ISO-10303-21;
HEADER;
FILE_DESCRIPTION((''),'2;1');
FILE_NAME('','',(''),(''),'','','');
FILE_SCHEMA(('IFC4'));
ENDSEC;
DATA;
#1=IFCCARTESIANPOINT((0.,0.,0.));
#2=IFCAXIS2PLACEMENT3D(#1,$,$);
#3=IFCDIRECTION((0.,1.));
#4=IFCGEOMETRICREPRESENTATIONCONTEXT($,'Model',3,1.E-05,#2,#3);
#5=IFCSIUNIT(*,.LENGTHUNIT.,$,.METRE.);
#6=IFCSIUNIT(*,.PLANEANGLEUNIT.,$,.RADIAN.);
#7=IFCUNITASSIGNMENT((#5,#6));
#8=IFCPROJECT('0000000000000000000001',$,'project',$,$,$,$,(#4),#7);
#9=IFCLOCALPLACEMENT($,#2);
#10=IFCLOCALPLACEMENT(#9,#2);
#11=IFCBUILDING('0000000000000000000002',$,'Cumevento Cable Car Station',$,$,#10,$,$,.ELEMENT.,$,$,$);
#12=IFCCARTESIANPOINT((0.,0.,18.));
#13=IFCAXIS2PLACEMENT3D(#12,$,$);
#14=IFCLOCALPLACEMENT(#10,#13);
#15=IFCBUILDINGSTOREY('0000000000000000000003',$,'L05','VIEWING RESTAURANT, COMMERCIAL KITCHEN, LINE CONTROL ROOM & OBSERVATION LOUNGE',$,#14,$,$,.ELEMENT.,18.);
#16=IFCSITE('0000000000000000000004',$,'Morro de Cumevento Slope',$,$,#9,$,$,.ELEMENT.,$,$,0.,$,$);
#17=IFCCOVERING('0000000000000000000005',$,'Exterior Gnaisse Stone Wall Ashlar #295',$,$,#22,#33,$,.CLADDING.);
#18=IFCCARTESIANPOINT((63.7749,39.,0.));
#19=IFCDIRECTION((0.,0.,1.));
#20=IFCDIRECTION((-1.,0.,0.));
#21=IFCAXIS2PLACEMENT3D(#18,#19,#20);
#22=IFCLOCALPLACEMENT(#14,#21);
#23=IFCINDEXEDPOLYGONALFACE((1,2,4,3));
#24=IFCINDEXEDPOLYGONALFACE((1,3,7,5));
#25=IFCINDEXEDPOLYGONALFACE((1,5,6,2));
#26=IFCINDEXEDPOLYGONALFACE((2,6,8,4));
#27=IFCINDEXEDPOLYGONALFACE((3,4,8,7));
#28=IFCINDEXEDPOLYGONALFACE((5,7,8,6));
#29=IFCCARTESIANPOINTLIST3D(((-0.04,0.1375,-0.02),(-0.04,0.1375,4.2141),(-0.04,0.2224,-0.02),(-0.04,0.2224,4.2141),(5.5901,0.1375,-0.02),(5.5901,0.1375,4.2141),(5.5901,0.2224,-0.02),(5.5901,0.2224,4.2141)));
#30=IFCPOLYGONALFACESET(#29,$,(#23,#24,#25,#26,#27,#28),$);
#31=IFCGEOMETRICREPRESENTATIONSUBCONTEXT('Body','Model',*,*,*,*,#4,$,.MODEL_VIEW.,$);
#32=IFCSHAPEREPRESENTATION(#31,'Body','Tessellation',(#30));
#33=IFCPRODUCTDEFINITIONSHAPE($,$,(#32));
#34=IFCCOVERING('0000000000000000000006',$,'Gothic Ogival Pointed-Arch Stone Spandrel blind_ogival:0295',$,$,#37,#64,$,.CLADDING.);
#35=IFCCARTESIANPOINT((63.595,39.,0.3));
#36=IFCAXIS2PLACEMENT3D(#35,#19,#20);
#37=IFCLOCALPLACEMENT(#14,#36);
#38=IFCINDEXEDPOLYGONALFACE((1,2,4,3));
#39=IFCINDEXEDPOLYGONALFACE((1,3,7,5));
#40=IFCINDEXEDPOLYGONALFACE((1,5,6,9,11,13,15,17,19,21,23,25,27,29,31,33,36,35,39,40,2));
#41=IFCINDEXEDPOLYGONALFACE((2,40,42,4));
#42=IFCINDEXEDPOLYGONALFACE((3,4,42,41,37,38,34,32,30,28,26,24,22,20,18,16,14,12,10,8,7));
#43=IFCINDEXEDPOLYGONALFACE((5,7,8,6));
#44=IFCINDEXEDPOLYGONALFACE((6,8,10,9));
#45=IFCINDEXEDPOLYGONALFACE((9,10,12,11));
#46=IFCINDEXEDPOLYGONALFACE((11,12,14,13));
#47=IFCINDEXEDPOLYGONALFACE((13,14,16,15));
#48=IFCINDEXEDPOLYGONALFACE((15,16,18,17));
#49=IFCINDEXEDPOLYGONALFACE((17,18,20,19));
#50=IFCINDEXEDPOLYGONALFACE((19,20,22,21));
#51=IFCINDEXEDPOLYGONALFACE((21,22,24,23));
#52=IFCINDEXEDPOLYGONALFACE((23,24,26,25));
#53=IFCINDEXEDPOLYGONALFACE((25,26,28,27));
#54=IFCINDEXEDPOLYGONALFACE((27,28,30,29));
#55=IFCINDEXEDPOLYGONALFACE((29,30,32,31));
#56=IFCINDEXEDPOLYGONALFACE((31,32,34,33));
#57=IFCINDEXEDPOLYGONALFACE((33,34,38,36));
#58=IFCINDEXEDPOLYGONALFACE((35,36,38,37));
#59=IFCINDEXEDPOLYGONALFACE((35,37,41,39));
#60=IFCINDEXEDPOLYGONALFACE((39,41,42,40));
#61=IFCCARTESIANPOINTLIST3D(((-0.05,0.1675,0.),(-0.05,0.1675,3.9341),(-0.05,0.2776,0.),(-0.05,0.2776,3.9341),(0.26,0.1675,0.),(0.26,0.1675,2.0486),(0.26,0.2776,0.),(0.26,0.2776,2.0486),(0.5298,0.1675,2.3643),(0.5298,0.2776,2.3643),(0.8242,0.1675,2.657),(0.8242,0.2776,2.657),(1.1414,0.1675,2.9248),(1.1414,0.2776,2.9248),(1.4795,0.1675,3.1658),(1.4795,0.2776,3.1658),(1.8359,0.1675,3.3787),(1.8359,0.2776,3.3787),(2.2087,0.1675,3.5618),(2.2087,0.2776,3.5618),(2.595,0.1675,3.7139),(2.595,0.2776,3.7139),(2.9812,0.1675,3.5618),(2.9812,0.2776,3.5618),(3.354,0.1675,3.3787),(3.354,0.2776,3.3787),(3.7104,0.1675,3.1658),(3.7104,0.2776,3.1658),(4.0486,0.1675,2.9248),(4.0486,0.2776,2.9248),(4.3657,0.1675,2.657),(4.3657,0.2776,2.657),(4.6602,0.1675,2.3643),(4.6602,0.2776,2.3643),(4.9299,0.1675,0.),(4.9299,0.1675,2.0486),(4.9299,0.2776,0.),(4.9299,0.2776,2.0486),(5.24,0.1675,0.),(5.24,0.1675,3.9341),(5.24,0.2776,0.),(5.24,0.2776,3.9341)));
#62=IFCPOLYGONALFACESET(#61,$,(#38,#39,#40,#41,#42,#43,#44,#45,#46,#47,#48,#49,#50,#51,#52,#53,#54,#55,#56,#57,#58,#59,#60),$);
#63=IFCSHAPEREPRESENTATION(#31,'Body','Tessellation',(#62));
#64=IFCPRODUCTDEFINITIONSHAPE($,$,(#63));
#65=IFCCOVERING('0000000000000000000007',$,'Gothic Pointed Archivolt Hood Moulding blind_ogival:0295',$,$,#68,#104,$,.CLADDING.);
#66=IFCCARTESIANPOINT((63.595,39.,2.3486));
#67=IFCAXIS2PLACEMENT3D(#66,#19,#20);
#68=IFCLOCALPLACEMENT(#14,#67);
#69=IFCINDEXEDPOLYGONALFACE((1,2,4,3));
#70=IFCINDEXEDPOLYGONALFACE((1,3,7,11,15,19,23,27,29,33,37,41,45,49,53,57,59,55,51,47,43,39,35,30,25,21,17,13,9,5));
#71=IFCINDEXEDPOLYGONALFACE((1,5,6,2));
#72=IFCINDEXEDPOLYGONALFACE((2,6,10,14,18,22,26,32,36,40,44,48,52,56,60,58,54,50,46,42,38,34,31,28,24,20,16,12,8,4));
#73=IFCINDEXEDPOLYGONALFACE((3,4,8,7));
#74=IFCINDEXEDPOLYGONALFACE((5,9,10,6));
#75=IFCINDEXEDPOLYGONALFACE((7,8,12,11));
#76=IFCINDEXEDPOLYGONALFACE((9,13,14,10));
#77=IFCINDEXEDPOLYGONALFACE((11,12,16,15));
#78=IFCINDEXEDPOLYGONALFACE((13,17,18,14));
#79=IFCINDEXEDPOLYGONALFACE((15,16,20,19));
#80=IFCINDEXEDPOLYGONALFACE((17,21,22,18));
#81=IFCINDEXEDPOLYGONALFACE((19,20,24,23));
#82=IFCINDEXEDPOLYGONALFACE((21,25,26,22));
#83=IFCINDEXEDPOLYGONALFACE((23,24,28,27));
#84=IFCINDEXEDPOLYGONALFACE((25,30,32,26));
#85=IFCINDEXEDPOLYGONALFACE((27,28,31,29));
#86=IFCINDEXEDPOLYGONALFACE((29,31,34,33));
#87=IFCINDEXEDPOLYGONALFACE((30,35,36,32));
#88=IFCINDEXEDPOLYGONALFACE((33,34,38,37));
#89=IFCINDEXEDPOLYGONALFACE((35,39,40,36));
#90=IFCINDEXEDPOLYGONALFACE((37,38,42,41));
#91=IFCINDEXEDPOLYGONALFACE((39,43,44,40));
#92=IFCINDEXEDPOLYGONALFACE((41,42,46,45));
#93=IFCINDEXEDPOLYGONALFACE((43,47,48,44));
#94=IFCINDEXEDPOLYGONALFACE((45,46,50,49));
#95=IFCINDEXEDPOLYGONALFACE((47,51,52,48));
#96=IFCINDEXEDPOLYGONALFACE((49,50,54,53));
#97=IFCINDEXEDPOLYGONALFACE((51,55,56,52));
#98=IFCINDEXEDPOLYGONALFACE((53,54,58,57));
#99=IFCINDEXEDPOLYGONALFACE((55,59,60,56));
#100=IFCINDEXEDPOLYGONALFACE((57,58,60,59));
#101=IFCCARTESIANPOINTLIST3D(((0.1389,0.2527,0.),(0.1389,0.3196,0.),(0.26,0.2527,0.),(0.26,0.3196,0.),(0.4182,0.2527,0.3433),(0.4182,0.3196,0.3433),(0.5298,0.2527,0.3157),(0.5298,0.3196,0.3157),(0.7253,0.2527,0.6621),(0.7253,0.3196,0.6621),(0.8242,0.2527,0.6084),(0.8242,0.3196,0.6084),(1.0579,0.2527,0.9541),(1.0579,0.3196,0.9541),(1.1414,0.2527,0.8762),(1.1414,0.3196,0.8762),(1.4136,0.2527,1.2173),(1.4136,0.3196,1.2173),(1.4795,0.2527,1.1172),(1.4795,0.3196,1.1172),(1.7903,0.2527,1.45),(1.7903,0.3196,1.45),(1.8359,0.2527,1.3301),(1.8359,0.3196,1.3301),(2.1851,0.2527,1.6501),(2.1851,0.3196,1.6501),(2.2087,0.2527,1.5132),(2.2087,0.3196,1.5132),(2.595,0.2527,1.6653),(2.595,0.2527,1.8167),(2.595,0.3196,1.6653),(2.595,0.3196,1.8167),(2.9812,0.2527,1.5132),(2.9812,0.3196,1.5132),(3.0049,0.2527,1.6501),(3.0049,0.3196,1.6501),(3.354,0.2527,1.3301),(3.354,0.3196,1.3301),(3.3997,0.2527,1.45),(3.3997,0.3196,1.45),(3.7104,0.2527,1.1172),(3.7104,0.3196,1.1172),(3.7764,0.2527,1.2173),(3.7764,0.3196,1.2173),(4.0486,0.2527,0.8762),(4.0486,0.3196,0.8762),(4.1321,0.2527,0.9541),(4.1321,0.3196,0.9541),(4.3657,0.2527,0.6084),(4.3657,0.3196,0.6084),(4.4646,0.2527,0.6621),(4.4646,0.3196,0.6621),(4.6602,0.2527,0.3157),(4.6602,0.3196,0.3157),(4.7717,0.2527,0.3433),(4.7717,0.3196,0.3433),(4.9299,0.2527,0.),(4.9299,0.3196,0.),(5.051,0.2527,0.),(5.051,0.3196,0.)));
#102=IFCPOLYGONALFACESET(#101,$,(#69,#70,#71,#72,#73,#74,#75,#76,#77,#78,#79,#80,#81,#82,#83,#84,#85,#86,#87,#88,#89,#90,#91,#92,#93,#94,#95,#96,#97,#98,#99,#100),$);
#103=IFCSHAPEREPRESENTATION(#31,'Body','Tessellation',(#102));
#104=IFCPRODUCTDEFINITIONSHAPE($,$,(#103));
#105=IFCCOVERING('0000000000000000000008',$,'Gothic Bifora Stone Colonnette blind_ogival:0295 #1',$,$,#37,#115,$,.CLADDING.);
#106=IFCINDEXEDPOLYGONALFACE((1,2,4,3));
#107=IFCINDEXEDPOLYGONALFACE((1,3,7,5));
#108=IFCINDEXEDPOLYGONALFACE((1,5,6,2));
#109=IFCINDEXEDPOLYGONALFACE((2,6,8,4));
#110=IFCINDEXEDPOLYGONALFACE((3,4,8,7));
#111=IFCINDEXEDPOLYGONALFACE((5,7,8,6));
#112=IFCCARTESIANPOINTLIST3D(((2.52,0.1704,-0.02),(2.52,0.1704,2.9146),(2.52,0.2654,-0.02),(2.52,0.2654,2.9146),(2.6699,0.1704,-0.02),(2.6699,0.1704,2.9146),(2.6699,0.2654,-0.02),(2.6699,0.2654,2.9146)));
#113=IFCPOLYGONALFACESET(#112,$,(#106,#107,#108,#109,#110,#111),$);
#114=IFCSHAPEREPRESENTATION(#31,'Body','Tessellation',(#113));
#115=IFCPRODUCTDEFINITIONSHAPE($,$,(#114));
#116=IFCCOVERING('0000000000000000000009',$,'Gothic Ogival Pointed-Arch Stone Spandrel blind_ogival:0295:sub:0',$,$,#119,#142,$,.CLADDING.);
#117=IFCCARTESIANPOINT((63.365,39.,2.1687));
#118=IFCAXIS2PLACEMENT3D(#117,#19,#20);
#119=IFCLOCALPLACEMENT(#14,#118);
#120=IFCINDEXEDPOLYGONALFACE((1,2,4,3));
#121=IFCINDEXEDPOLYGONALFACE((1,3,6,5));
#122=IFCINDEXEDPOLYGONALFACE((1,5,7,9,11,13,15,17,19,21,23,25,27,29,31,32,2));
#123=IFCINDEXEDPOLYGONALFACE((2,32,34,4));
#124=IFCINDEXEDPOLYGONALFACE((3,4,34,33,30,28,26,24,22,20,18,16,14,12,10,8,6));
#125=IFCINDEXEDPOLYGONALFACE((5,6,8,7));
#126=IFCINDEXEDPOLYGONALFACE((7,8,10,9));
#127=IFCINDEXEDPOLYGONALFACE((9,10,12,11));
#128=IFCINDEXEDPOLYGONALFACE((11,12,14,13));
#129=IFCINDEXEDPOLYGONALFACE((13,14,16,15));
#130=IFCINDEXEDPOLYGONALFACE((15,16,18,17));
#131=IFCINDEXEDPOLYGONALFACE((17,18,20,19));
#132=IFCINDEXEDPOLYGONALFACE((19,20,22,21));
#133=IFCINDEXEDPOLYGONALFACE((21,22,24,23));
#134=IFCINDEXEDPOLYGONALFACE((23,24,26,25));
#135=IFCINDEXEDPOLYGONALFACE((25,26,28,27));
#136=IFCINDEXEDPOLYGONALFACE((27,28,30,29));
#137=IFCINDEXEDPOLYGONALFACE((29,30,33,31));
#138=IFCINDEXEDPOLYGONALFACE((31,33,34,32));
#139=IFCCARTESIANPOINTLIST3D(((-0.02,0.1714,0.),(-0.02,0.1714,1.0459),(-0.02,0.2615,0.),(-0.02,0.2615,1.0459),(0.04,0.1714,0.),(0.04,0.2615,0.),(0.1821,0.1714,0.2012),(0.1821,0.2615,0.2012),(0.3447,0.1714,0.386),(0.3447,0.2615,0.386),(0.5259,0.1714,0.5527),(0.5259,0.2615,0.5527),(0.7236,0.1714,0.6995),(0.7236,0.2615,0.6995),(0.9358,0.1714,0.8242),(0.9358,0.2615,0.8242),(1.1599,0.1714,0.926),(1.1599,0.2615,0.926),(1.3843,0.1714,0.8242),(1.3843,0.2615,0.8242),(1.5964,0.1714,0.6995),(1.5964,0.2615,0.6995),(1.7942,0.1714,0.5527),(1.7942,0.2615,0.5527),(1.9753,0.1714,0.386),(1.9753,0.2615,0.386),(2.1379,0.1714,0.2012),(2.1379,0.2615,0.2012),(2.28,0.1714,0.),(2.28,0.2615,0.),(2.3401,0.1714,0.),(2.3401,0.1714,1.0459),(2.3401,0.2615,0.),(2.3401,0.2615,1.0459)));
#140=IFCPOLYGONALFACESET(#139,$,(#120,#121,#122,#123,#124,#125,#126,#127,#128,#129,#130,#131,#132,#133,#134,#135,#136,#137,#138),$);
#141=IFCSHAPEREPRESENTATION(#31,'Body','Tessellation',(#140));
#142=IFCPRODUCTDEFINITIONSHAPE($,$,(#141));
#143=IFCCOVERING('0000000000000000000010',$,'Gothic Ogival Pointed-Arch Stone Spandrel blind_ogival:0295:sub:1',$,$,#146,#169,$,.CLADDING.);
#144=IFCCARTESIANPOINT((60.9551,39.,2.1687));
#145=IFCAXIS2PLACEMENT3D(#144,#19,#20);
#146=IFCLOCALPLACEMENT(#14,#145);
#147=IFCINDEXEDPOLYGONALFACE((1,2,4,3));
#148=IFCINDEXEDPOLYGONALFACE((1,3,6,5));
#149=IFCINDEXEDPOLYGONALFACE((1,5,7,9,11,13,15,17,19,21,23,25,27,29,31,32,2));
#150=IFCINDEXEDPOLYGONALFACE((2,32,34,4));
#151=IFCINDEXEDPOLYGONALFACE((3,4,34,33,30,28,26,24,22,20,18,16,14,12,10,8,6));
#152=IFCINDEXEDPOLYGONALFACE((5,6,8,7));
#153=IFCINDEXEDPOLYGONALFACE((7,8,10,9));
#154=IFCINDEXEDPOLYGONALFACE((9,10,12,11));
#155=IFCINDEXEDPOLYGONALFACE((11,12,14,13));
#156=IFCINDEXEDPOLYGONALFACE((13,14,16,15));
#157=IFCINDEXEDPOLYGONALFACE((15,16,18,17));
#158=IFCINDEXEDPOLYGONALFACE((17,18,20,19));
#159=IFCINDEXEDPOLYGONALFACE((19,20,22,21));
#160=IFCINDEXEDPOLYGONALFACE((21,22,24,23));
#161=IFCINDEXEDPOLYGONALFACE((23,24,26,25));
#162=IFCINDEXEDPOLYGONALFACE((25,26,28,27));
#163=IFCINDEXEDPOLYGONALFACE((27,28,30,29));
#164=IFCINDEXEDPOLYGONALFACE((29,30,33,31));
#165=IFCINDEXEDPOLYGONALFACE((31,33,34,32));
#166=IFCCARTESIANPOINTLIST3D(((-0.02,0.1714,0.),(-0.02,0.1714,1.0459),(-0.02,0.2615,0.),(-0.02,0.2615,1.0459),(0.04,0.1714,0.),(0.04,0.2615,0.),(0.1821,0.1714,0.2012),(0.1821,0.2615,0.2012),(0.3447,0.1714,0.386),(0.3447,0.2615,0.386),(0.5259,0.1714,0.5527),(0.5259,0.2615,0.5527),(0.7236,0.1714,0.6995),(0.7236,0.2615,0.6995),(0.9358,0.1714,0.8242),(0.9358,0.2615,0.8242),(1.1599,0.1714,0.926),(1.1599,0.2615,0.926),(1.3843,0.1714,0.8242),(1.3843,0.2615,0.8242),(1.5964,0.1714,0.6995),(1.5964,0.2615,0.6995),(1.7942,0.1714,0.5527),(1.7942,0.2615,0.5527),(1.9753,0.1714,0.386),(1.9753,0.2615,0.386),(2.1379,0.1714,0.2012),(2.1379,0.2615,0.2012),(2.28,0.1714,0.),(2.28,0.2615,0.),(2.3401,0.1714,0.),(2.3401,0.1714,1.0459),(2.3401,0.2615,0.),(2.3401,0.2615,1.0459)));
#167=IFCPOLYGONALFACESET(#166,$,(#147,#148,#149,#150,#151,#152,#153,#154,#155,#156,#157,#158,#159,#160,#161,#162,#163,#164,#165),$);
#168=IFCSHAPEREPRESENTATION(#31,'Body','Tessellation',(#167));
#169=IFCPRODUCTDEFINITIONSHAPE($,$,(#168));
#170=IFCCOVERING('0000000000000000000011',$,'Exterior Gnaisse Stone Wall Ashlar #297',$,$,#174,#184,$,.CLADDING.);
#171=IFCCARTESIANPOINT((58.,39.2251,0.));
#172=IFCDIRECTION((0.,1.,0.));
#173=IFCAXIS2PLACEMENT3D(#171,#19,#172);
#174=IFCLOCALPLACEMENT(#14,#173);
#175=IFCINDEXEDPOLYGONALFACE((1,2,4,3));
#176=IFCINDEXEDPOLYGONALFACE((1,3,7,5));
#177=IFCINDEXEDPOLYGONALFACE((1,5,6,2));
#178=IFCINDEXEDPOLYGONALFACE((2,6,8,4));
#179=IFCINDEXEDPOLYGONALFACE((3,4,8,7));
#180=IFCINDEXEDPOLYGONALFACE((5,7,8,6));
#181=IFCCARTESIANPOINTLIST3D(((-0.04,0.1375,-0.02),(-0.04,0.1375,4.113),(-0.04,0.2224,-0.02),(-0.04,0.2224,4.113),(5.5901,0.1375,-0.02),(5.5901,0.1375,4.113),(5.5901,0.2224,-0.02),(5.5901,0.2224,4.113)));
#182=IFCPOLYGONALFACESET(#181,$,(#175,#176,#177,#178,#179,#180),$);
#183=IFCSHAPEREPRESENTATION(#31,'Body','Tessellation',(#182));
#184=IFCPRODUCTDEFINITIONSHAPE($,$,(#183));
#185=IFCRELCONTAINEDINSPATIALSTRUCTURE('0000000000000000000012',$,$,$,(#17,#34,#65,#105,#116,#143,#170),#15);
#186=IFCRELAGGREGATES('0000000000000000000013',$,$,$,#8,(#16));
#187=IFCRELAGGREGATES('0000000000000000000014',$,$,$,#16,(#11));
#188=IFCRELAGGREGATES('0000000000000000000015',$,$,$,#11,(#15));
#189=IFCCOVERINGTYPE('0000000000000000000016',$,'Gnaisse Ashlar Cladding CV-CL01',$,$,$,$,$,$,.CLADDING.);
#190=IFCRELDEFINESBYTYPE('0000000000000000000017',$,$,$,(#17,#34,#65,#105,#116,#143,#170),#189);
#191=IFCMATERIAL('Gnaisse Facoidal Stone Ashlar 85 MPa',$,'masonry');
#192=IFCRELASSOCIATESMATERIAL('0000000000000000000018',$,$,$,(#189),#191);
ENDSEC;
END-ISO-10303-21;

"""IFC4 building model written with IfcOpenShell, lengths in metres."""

from ifc_helpers import new_model, si_unit, direction, frame, origin, place, context, subcontext, project, spatial, polyline, outline, extrude, material, type_object, element, save


model = new_model("IFC4")

# Units and contexts
model_context = context("Model", 3, precision=1e-05, world=origin(), true_north=direction((0.0, 1.0)))
body_context = subcontext(model_context, "Body", "Model", "MODEL_VIEW")
ifc_project = project(units=[si_unit("LENGTHUNIT", "METRE"), si_unit("PLANEANGLEUNIT", "RADIAN")], contexts=[model_context])

# Site, building, storey
site_placement = place(None, origin())
site = spatial("IfcSite", under=ifc_project, at=site_placement, Name="Morro de Cumevento Slope", CompositionType="ELEMENT", RefElevation=0.0)
building_placement = place(site_placement, origin())
building = spatial("IfcBuilding", under=site, at=building_placement, Name="Cumevento Cable Car Station", CompositionType="ELEMENT")
storey_placement = place(building_placement, frame((0.0, 0.0, 18.0)))
storey = spatial("IfcBuildingStorey", under=building, at=storey_placement, Name="L05", Description="VIEWING RESTAURANT, COMMERCIAL KITCHEN, LINE CONTROL ROOM & OBSERVATION LOUNGE", CompositionType="ELEMENT", Elevation=18.0)

# Coverings
ifc_material_1 = material(Name="Gnaisse Facoidal Stone Ashlar 85 MPa", Category="masonry")
covering_type = type_object("IfcCoveringType", Name="Gnaisse Ashlar Cladding CV-CL01", PredefinedType="CLADDING", material=ifc_material_1)
covering_1_placement = place(storey_placement, frame((63.7749, 39.0, 0.0), z_axis=(0.0, 0.0, 1.0), x_axis=(-1.0, 0.0, 0.0)))
element("IfcCovering", 1, at=covering_1_placement, inside=storey, type_object=covering_type, Name="Exterior Gnaisse Stone Wall Ashlar #295", PredefinedType="CLADDING", context=body_context, shape_type="SweptSolid", body=[
    extrude(outline(polyline([(-0.04, -0.02), (5.5901, -0.02), (5.5901, 4.2141), (-0.04, 4.2141), (-0.04, -0.02)])), frame((0.0, 0.2224, 0.0), z_axis=(0.0, -1.0, 0.0), x_axis=(1.0, 0.0, 0.0)), (0.0, 0.0, 1.0), 0.085),
])
placement_1 = place(storey_placement, frame((63.595, 39.0, 0.3), z_axis=(0.0, 0.0, 1.0), x_axis=(-1.0, 0.0, 0.0)))
element("IfcCovering", 2, at=placement_1, inside=storey, type_object=covering_type, Name="Gothic Ogival Pointed-Arch Stone Spandrel blind_ogival:0295", PredefinedType="CLADDING", context=body_context, shape_type="SweptSolid", body=[
    extrude(outline(polyline([(-0.05, 0.0), (-0.05, 3.9341), (5.24, 3.9341), (5.24, 0.0), (4.9299, 0.0), (4.9299, 2.0486), (4.6602, 2.3643), (4.3657, 2.657), (4.0486, 2.9248), (3.7104, 3.1658), (3.354, 3.3787), (2.9812, 3.5618), (2.595, 3.7139), (2.2087, 3.5618), (1.8359, 3.3787), (1.4795, 3.1658), (1.1414, 2.9248), (0.8242, 2.657), (0.5298, 2.3643), (0.26, 2.0486), (0.26, 0.0), (-0.05, 0.0)])), frame((0.0, 0.2776, 0.0), z_axis=(0.0, -1.0, 0.0), x_axis=(1.0, 0.0, 0.0)), (0.0, 0.0, 1.0), 0.1101),
])
covering_2_placement = place(storey_placement, frame((63.595, 39.0, 2.3486), z_axis=(0.0, 0.0, 1.0), x_axis=(-1.0, 0.0, 0.0)))
element("IfcCovering", 3, at=covering_2_placement, inside=storey, type_object=covering_type, Name="Gothic Pointed Archivolt Hood Moulding blind_ogival:0295", PredefinedType="CLADDING", context=body_context, shape_type="SweptSolid", body=[
    extrude(outline(polyline([(0.26, 0.0), (0.5298, 0.3157), (0.8242, 0.6084), (1.1414, 0.8762), (1.4795, 1.1172), (1.8359, 1.3301), (2.2087, 1.5132), (2.595, 1.6653), (2.9812, 1.5132), (3.354, 1.3301), (3.7104, 1.1172), (4.0486, 0.8762), (4.3657, 0.6084), (4.6602, 0.3157), (4.9299, 0.0), (5.051, 0.0), (4.7717, 0.3433), (4.4646, 0.6621), (4.1321, 0.9541), (3.7764, 1.2173), (3.3997, 1.45), (3.0049, 1.6501), (2.595, 1.8167), (2.1851, 1.6501), (1.7903, 1.45), (1.4136, 1.2173), (1.0579, 0.9541), (0.7253, 0.6621), (0.4182, 0.3433), (0.1389, 0.0), (0.26, 0.0)])), frame((0.0, 0.3196, 0.0), z_axis=(0.0, -1.0, 0.0), x_axis=(1.0, 0.0, 0.0)), (0.0, 0.0, 1.0), 0.0669),
])
element("IfcCovering", 4, at=placement_1, inside=storey, type_object=covering_type, Name="Gothic Bifora Stone Colonnette blind_ogival:0295 #1", PredefinedType="CLADDING", context=body_context, shape_type="SweptSolid", body=[
    extrude(outline(polyline([(2.52, -0.02), (2.6699, -0.02), (2.6699, 2.9146), (2.52, 2.9146), (2.52, -0.02)])), frame((0.0, 0.2654, 0.0), z_axis=(0.0, -1.0, 0.0), x_axis=(1.0, 0.0, 0.0)), (0.0, 0.0, 1.0), 0.095),
])
for number, where, z_axis, x_axis, name in (
    (5, (63.365, 39.0, 2.1687), (0.0, 0.0, 1.0), (-1.0, 0.0, 0.0), "Gothic Ogival Pointed-Arch Stone Spandrel blind_ogival:0295:sub:0"),
    (6, (60.9551, 39.0, 2.1687), (0.0, 0.0, 1.0), (-1.0, 0.0, 0.0), "Gothic Ogival Pointed-Arch Stone Spandrel blind_ogival:0295:sub:1"),
):
    element("IfcCovering", number, at=place(storey_placement, frame(where, z_axis=z_axis, x_axis=x_axis)), inside=storey, type_object=covering_type, Name=name, PredefinedType="CLADDING", context=body_context, shape_type="SweptSolid", body=[
        extrude(outline(polyline([(-0.02, 0.0), (-0.02, 1.0459), (2.3401, 1.0459), (2.3401, 0.0), (2.28, 0.0), (2.1379, 0.2012), (1.9753, 0.386), (1.7942, 0.5527), (1.5964, 0.6995), (1.3843, 0.8242), (1.1599, 0.926), (0.9358, 0.8242), (0.7236, 0.6995), (0.5259, 0.5527), (0.3447, 0.386), (0.1821, 0.2012), (0.04, 0.0), (-0.02, 0.0)])), frame((0.0, 0.2615, 0.0), z_axis=(0.0, -1.0, 0.0), x_axis=(1.0, 0.0, 0.0)), (0.0, 0.0, 1.0), 0.0901),
    ])
covering_3_placement = place(storey_placement, frame((58.0, 39.2251, 0.0), z_axis=(0.0, 0.0, 1.0), x_axis=(0.0, 1.0, 0.0)))
element("IfcCovering", 7, at=covering_3_placement, inside=storey, type_object=covering_type, Name="Exterior Gnaisse Stone Wall Ashlar #297", PredefinedType="CLADDING", context=body_context, shape_type="SweptSolid", body=[
    extrude(outline(polyline([(-0.04, -0.02), (5.5901, -0.02), (5.5901, 4.113), (-0.04, 4.113), (-0.04, -0.02)])), frame((0.0, 0.2224, 0.0), z_axis=(0.0, -1.0, 0.0), x_axis=(1.0, 0.0, 0.0)), (0.0, 0.0, 1.0), 0.085),
])

save(model, "model.ifc")
